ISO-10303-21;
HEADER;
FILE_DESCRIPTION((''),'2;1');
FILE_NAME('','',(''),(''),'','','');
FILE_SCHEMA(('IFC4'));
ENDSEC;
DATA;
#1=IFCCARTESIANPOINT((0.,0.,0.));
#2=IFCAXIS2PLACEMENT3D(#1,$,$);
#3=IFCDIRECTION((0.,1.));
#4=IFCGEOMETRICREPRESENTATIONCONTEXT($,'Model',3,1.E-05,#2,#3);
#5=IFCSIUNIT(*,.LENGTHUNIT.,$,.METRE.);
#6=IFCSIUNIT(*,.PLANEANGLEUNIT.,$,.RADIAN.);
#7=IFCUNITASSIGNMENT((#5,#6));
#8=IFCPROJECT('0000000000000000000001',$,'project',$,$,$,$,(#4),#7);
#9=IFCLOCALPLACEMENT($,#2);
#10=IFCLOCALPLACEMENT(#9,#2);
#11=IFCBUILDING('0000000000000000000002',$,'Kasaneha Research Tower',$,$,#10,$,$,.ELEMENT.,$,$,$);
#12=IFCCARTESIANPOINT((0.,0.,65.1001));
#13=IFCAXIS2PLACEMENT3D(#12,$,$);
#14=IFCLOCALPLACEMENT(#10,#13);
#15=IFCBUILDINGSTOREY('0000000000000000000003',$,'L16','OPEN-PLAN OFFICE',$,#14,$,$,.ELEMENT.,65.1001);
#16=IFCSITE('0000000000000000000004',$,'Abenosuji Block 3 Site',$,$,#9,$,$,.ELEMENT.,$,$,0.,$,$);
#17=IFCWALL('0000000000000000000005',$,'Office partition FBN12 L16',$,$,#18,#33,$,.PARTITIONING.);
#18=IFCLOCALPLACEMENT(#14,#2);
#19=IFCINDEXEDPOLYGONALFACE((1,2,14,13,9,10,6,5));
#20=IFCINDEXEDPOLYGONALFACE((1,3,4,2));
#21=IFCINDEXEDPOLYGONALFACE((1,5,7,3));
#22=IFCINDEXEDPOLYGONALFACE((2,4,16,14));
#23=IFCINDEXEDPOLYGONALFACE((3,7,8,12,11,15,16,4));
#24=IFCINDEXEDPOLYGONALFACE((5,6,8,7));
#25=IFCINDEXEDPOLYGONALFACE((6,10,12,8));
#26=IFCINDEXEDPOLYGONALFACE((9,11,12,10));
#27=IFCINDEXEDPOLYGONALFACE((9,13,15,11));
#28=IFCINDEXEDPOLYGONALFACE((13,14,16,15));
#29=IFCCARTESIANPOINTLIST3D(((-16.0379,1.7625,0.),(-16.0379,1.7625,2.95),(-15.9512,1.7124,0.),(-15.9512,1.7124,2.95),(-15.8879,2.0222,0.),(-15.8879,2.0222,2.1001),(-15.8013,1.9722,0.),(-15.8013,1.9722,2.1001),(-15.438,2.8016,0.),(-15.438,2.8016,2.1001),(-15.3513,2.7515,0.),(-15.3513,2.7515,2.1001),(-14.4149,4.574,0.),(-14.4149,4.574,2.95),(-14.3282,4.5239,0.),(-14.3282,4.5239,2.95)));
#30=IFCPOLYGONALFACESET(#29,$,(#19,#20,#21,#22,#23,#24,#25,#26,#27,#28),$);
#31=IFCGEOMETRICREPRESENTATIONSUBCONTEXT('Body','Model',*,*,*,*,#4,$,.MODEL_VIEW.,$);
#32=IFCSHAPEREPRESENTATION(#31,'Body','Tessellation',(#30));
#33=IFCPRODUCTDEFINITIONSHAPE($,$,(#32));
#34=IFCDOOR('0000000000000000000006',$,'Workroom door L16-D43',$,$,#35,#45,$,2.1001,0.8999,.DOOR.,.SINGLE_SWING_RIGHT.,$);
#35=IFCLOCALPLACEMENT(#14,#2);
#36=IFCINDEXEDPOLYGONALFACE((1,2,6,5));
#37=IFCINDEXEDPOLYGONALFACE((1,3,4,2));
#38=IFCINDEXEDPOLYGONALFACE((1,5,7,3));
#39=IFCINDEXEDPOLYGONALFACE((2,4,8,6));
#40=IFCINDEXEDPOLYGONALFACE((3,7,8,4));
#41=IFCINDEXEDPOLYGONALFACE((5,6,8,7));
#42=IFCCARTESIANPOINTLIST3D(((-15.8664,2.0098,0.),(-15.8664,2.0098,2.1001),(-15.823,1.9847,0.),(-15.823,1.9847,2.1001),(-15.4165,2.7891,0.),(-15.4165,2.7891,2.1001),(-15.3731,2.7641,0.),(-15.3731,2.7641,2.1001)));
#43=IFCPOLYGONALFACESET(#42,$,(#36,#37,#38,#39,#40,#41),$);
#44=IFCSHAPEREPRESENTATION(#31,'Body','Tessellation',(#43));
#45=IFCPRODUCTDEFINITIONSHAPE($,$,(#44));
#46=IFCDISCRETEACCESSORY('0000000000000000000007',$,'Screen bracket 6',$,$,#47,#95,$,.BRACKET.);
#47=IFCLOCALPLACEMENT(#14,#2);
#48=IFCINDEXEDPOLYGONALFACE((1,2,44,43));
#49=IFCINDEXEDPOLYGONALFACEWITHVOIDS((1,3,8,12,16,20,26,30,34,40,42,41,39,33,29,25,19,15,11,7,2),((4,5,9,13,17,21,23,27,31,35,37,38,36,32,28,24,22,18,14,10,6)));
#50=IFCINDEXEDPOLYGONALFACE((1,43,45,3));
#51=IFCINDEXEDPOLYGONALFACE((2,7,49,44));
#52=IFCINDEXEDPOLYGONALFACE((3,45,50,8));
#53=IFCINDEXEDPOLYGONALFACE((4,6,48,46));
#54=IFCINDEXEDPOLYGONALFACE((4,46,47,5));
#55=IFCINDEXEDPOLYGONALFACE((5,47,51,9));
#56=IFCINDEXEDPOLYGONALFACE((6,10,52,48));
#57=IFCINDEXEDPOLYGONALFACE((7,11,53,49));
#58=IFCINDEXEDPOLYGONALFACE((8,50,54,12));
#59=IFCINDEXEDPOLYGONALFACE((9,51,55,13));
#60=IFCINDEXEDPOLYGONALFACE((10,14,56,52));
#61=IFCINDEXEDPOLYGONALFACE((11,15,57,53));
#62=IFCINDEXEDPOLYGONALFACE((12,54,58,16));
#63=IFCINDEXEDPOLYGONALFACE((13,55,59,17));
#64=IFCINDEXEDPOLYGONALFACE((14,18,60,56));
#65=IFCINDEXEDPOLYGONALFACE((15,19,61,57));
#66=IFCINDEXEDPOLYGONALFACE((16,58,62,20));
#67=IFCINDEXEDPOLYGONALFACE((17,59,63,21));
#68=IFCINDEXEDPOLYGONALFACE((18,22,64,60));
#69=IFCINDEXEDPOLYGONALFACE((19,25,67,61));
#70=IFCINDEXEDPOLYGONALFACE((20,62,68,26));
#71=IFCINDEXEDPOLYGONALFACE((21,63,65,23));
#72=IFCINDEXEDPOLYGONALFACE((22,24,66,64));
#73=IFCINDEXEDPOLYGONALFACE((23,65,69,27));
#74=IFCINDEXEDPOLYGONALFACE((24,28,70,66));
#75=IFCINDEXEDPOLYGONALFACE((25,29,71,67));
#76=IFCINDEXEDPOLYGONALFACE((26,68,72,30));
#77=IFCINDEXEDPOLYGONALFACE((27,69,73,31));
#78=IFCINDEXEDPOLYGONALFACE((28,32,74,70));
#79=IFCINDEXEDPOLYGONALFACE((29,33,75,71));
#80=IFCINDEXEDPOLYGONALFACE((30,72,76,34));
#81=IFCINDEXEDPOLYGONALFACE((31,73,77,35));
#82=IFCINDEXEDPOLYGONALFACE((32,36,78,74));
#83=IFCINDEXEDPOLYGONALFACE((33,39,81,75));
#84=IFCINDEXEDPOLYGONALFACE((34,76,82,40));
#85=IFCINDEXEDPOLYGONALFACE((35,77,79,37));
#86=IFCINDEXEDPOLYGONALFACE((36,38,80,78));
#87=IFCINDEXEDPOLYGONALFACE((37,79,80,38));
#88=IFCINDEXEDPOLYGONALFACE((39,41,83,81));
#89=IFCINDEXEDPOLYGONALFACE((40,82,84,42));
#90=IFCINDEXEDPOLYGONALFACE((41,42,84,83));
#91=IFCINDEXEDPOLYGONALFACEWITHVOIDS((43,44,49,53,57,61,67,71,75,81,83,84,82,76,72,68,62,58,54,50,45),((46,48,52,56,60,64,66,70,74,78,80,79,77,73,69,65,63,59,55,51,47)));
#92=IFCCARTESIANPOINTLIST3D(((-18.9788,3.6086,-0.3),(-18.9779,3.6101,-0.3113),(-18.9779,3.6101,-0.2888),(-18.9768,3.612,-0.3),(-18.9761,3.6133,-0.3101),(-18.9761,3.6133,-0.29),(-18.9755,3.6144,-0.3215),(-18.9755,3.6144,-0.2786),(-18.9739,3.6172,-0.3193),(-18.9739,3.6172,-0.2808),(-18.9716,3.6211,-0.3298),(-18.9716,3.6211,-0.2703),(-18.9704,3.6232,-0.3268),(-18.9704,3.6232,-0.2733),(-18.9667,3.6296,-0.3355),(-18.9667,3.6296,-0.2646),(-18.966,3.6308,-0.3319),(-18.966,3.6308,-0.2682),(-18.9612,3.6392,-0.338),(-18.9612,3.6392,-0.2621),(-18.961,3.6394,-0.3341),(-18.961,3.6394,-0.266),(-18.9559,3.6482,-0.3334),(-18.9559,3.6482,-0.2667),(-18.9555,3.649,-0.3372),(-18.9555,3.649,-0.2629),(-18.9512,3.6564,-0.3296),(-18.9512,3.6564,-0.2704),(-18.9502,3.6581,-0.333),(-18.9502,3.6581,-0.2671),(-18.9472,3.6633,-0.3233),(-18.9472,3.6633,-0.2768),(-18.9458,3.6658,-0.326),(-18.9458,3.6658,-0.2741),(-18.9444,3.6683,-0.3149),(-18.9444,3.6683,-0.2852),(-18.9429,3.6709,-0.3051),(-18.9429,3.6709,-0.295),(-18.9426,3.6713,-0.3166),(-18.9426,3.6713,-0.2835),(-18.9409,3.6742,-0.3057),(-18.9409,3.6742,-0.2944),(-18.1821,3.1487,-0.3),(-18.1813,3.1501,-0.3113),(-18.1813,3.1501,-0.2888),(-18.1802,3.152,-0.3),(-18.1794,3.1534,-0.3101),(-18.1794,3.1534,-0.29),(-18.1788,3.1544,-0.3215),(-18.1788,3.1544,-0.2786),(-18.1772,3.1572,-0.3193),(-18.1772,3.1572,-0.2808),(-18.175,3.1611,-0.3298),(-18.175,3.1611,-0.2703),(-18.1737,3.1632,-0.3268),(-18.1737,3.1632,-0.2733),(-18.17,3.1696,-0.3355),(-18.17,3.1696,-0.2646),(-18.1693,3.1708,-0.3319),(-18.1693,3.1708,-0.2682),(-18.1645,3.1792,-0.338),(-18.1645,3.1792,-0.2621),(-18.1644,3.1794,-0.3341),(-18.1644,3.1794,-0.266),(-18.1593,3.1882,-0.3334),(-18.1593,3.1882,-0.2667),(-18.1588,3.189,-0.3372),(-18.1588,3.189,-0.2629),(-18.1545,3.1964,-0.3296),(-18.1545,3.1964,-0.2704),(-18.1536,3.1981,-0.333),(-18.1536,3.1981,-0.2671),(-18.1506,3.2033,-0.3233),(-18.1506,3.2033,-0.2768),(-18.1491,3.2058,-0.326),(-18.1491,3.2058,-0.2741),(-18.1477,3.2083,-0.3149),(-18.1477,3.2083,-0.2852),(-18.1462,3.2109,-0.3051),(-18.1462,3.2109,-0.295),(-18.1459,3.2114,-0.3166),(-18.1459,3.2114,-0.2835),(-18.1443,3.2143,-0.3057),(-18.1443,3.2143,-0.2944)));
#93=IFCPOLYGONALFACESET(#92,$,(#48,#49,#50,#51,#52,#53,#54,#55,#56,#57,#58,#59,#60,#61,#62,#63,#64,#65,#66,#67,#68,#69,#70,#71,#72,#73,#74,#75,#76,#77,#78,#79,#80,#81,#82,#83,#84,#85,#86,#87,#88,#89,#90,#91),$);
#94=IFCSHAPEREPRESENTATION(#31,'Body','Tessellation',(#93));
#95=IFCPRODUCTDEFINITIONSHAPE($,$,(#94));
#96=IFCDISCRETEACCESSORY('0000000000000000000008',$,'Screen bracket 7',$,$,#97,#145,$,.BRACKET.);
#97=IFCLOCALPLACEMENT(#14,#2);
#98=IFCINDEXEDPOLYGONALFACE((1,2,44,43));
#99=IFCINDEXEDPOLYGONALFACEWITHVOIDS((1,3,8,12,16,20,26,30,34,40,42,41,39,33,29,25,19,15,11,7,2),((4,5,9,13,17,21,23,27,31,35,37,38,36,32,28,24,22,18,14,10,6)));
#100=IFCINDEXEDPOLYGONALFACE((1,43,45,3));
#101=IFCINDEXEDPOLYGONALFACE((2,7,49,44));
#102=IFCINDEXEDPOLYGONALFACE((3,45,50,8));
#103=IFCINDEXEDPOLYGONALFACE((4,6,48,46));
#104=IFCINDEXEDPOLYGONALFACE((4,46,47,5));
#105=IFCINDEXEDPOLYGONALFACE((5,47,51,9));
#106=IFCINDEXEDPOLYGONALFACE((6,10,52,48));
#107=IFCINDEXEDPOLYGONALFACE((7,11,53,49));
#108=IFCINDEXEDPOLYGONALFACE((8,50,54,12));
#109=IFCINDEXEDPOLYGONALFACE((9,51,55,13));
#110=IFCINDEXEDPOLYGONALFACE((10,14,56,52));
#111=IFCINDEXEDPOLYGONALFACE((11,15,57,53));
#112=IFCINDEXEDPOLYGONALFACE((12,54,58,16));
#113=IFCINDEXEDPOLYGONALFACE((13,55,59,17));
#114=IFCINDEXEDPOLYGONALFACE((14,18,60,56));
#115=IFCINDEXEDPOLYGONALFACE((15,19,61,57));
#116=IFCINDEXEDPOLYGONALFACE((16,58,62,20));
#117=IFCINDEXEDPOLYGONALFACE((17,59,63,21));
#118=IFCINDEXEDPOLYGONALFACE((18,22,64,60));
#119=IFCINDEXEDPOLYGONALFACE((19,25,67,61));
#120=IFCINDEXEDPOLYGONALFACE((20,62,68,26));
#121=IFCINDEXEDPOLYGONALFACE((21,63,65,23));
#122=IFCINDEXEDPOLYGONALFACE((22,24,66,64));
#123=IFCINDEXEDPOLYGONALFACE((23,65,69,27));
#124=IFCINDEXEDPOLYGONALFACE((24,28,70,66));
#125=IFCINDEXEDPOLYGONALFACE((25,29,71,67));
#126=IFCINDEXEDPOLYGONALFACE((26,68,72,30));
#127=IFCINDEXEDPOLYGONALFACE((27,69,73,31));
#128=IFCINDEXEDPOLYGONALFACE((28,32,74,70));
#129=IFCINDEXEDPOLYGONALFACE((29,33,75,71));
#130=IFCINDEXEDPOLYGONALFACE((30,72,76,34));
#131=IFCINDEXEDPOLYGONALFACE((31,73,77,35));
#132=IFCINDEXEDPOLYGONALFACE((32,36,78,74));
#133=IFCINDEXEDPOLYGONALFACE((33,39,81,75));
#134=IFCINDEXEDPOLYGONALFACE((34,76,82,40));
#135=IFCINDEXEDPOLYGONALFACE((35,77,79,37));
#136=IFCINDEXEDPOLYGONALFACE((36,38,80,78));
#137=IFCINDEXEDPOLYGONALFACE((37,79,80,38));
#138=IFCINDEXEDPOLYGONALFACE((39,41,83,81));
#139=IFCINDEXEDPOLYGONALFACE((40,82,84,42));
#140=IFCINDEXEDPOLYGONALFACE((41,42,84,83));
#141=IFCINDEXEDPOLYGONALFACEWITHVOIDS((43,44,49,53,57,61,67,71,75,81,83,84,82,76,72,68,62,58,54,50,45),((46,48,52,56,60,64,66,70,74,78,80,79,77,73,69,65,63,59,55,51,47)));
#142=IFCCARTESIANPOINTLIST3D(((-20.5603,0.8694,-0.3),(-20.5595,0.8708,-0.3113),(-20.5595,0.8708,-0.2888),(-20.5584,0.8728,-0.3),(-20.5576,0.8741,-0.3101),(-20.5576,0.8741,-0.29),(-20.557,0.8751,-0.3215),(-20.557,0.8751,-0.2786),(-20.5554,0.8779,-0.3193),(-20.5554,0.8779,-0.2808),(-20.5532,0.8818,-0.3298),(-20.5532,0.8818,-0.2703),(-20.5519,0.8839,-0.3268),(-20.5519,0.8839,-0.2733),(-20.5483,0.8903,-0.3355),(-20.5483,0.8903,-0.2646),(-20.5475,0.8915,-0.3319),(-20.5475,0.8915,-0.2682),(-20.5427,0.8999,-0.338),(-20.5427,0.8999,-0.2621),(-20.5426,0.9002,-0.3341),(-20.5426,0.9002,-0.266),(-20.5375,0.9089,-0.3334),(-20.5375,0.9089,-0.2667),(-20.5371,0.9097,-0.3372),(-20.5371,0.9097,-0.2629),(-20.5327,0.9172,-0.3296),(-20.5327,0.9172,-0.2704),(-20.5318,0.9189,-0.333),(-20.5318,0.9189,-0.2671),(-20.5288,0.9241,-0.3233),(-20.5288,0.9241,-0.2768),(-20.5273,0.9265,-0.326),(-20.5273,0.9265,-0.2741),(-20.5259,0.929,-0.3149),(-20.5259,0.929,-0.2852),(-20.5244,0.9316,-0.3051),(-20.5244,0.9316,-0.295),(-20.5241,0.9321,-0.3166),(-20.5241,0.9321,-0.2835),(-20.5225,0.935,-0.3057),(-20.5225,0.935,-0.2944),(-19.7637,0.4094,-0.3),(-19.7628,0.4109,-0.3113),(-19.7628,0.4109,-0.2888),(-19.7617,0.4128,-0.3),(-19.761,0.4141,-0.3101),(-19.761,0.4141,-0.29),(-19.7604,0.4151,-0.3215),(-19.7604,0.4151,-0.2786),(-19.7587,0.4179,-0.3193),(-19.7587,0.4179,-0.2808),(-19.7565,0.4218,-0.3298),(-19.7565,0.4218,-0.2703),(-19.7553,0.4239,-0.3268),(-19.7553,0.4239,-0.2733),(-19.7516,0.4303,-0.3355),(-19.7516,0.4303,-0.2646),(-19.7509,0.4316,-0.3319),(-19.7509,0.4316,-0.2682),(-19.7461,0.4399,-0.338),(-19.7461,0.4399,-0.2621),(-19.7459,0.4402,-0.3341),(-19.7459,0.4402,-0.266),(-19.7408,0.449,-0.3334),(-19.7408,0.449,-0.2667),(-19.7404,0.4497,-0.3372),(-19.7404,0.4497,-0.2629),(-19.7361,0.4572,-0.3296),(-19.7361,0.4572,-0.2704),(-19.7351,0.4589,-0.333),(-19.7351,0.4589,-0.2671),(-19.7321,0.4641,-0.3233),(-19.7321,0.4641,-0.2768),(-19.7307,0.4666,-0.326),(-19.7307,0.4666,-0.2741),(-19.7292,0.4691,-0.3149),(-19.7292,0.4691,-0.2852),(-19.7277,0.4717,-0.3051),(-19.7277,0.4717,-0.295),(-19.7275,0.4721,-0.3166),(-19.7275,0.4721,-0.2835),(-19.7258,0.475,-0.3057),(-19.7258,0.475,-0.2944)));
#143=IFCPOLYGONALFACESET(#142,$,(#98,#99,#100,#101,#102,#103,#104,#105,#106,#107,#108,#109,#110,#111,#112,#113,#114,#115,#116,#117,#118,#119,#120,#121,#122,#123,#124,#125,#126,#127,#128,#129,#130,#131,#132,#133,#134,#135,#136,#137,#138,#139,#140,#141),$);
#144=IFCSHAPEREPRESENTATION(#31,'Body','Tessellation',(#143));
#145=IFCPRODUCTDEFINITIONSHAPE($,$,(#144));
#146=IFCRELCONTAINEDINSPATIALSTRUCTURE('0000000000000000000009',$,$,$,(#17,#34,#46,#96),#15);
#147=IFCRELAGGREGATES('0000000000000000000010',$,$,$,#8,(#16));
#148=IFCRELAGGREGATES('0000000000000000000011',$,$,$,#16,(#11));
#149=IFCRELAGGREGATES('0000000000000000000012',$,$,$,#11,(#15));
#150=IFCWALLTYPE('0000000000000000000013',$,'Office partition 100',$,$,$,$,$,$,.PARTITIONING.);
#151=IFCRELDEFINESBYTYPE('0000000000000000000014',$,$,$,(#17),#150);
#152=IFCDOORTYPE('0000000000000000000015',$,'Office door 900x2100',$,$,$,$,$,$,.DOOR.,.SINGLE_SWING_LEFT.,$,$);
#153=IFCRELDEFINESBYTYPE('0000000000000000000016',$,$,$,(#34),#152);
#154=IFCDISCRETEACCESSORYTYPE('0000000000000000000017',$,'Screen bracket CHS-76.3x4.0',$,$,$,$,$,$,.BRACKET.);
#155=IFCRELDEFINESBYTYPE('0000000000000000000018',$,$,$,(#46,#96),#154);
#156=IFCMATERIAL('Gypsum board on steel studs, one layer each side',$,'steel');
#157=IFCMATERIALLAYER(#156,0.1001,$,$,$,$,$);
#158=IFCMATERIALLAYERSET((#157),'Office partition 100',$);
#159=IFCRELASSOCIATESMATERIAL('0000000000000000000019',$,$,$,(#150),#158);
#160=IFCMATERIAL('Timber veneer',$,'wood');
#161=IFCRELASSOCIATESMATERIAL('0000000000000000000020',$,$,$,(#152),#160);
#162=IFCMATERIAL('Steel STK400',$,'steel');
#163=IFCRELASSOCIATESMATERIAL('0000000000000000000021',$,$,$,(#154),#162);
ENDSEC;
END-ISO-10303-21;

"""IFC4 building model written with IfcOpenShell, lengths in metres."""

from ifc_helpers import new_model, si_unit, direction, frame, frame_2d, origin, origin_2d, place, context, subcontext, project, spatial, rectangle, hollow_circle, extrude, material, layer, layer_set, material_profile, profile_set, type_object, element, fill, save


model = new_model("IFC4")

# Units and contexts
model_context = context("Model", 3, precision=1e-05, world=origin(), true_north=direction((0.0, 1.0)))
body_context = subcontext(model_context, "Body", "Model", "MODEL_VIEW")
ifc_project = project(units=[si_unit("LENGTHUNIT", "METRE"), si_unit("PLANEANGLEUNIT", "RADIAN")], contexts=[model_context])

# Site, building, storey
site_placement = place(None, origin())
site = spatial("IfcSite", under=ifc_project, at=site_placement, Name="Abenosuji Block 3 Site", CompositionType="ELEMENT", RefElevation=0.0)
building_placement = place(site_placement, origin())
building = spatial("IfcBuilding", under=site, at=building_placement, Name="Kasaneha Research Tower", CompositionType="ELEMENT")
storey_placement = place(building_placement, frame((0.0, 0.0, 65.1001)))
storey = spatial("IfcBuildingStorey", under=building, at=storey_placement, Name="L16", Description="OPEN-PLAN OFFICE", CompositionType="ELEMENT", Elevation=65.1001)

# Shared definitions
ifc_material_1 = material(Name="Gypsum board on steel studs, one layer each side", Category="steel")
ifc_layer_1 = layer(ifc_material_1, 0.1001)
ifc_layer_set_1 = layer_set([ifc_layer_1], Name="Office partition 100")
wall_type_1 = type_object("IfcWallType", Name="Office partition 100", PredefinedType="PARTITIONING", material=ifc_layer_set_1)

# Wall, opening, door
wall_1_placement = place(storey_placement, frame((-14.3716, 4.5488, 0.0), z_axis=(0.0, 0.0, 1.0), x_axis=(-0.499957, -0.86605, 0.0)))
wall_1 = element("IfcWall", 1, at=wall_1_placement, inside=storey, type_object=wall_type_1, Name="Office partition FBN12 L16", PredefinedType="PARTITIONING", context=body_context, shape_type="SweptSolid", body=[
    extrude(rectangle(XDim=3.2463, YDim=0.1001, at=frame_2d((1.623, 0.0))), origin(), (0.0, 0.0, 1.0), 2.95),
])
opening_1_placement = place(wall_1_placement, frame((2.0464, 0.0, 0.0)))
opening_1 = element("IfcOpeningElement", 2, at=opening_1_placement, cuts=wall_1, PredefinedType="OPENING", context=body_context, shape_type="SweptSolid", body=[
    extrude(rectangle(XDim=0.8999, YDim=2.1001, at=frame_2d((0.45, 1.05))), frame((0.0, 0.0601, 0.0), z_axis=(0.0, -1.0, 0.0), x_axis=(1.0, 0.0, 0.0)), (0.0, 0.0, 1.0), 0.1201),
])
ifc_material_2 = material(Name="Timber veneer", Category="wood")
door_type_1 = type_object("IfcDoorType", Name="Office door 900x2100", OperationType="SINGLE_SWING_LEFT", PredefinedType="DOOR", material=ifc_material_2)
door_1_placement = place(opening_1_placement, origin())
door_1 = element("IfcDoor", 3, at=door_1_placement, inside=storey, type_object=door_type_1, Name="Workroom door L16-D43", OperationType="SINGLE_SWING_RIGHT", OverallHeight=2.1001, OverallWidth=0.8999, PredefinedType="DOOR", context=body_context, shape_type="SweptSolid", body=[
    extrude(rectangle(XDim=0.8999, YDim=2.1001, at=frame_2d((0.45, 1.05))), frame((0.0, 0.0249, 0.0), z_axis=(0.0, -1.0, 0.0), x_axis=(1.0, 0.0, 0.0)), (0.0, 0.0, 1.0), 0.05),
])
fill(opening_1, door_1)

# Discrete accessories
ifc_material_3 = material(Name="Steel STK400", Category="steel")
ifc_material_profile_1 = material_profile(ifc_material_3, hollow_circle(Radius=0.0381, WallThickness=0.0039, at=origin_2d()), Name="CHS-76.3x4.0")
ifc_profile_set_1 = profile_set([ifc_material_profile_1], Name="Steel STK400")
discrete_accessory_type = type_object("IfcDiscreteAccessoryType", Name="Screen bracket CHS-76.3x4.0", PredefinedType="BRACKET", material=ifc_profile_set_1)
for number, where, z_axis, x_axis, name in (
    (4, (-18.1631, 3.1816, -0.3), (-0.866013, 0.500021, 0.0), (-0.500021, -0.866013, 0.0), "Screen bracket 6"),
    (5, (-19.7446, 0.4424, -0.3), (-0.866013, 0.500021, 0.0), (-0.500021, -0.866013, 0.0), "Screen bracket 7"),
):
    element("IfcDiscreteAccessory", number, at=place(storey_placement, frame(where, z_axis=z_axis, x_axis=x_axis)), inside=storey, type_object=discrete_accessory_type, Name=name, PredefinedType="BRACKET", context=body_context, shape_type="SweptSolid", body=[
        extrude(hollow_circle(Radius=0.0381, WallThickness=0.0039, at=origin_2d()), origin(), (0.0, 0.0, 1.0), 0.9199),
    ])

save(model, "model.ifc")
